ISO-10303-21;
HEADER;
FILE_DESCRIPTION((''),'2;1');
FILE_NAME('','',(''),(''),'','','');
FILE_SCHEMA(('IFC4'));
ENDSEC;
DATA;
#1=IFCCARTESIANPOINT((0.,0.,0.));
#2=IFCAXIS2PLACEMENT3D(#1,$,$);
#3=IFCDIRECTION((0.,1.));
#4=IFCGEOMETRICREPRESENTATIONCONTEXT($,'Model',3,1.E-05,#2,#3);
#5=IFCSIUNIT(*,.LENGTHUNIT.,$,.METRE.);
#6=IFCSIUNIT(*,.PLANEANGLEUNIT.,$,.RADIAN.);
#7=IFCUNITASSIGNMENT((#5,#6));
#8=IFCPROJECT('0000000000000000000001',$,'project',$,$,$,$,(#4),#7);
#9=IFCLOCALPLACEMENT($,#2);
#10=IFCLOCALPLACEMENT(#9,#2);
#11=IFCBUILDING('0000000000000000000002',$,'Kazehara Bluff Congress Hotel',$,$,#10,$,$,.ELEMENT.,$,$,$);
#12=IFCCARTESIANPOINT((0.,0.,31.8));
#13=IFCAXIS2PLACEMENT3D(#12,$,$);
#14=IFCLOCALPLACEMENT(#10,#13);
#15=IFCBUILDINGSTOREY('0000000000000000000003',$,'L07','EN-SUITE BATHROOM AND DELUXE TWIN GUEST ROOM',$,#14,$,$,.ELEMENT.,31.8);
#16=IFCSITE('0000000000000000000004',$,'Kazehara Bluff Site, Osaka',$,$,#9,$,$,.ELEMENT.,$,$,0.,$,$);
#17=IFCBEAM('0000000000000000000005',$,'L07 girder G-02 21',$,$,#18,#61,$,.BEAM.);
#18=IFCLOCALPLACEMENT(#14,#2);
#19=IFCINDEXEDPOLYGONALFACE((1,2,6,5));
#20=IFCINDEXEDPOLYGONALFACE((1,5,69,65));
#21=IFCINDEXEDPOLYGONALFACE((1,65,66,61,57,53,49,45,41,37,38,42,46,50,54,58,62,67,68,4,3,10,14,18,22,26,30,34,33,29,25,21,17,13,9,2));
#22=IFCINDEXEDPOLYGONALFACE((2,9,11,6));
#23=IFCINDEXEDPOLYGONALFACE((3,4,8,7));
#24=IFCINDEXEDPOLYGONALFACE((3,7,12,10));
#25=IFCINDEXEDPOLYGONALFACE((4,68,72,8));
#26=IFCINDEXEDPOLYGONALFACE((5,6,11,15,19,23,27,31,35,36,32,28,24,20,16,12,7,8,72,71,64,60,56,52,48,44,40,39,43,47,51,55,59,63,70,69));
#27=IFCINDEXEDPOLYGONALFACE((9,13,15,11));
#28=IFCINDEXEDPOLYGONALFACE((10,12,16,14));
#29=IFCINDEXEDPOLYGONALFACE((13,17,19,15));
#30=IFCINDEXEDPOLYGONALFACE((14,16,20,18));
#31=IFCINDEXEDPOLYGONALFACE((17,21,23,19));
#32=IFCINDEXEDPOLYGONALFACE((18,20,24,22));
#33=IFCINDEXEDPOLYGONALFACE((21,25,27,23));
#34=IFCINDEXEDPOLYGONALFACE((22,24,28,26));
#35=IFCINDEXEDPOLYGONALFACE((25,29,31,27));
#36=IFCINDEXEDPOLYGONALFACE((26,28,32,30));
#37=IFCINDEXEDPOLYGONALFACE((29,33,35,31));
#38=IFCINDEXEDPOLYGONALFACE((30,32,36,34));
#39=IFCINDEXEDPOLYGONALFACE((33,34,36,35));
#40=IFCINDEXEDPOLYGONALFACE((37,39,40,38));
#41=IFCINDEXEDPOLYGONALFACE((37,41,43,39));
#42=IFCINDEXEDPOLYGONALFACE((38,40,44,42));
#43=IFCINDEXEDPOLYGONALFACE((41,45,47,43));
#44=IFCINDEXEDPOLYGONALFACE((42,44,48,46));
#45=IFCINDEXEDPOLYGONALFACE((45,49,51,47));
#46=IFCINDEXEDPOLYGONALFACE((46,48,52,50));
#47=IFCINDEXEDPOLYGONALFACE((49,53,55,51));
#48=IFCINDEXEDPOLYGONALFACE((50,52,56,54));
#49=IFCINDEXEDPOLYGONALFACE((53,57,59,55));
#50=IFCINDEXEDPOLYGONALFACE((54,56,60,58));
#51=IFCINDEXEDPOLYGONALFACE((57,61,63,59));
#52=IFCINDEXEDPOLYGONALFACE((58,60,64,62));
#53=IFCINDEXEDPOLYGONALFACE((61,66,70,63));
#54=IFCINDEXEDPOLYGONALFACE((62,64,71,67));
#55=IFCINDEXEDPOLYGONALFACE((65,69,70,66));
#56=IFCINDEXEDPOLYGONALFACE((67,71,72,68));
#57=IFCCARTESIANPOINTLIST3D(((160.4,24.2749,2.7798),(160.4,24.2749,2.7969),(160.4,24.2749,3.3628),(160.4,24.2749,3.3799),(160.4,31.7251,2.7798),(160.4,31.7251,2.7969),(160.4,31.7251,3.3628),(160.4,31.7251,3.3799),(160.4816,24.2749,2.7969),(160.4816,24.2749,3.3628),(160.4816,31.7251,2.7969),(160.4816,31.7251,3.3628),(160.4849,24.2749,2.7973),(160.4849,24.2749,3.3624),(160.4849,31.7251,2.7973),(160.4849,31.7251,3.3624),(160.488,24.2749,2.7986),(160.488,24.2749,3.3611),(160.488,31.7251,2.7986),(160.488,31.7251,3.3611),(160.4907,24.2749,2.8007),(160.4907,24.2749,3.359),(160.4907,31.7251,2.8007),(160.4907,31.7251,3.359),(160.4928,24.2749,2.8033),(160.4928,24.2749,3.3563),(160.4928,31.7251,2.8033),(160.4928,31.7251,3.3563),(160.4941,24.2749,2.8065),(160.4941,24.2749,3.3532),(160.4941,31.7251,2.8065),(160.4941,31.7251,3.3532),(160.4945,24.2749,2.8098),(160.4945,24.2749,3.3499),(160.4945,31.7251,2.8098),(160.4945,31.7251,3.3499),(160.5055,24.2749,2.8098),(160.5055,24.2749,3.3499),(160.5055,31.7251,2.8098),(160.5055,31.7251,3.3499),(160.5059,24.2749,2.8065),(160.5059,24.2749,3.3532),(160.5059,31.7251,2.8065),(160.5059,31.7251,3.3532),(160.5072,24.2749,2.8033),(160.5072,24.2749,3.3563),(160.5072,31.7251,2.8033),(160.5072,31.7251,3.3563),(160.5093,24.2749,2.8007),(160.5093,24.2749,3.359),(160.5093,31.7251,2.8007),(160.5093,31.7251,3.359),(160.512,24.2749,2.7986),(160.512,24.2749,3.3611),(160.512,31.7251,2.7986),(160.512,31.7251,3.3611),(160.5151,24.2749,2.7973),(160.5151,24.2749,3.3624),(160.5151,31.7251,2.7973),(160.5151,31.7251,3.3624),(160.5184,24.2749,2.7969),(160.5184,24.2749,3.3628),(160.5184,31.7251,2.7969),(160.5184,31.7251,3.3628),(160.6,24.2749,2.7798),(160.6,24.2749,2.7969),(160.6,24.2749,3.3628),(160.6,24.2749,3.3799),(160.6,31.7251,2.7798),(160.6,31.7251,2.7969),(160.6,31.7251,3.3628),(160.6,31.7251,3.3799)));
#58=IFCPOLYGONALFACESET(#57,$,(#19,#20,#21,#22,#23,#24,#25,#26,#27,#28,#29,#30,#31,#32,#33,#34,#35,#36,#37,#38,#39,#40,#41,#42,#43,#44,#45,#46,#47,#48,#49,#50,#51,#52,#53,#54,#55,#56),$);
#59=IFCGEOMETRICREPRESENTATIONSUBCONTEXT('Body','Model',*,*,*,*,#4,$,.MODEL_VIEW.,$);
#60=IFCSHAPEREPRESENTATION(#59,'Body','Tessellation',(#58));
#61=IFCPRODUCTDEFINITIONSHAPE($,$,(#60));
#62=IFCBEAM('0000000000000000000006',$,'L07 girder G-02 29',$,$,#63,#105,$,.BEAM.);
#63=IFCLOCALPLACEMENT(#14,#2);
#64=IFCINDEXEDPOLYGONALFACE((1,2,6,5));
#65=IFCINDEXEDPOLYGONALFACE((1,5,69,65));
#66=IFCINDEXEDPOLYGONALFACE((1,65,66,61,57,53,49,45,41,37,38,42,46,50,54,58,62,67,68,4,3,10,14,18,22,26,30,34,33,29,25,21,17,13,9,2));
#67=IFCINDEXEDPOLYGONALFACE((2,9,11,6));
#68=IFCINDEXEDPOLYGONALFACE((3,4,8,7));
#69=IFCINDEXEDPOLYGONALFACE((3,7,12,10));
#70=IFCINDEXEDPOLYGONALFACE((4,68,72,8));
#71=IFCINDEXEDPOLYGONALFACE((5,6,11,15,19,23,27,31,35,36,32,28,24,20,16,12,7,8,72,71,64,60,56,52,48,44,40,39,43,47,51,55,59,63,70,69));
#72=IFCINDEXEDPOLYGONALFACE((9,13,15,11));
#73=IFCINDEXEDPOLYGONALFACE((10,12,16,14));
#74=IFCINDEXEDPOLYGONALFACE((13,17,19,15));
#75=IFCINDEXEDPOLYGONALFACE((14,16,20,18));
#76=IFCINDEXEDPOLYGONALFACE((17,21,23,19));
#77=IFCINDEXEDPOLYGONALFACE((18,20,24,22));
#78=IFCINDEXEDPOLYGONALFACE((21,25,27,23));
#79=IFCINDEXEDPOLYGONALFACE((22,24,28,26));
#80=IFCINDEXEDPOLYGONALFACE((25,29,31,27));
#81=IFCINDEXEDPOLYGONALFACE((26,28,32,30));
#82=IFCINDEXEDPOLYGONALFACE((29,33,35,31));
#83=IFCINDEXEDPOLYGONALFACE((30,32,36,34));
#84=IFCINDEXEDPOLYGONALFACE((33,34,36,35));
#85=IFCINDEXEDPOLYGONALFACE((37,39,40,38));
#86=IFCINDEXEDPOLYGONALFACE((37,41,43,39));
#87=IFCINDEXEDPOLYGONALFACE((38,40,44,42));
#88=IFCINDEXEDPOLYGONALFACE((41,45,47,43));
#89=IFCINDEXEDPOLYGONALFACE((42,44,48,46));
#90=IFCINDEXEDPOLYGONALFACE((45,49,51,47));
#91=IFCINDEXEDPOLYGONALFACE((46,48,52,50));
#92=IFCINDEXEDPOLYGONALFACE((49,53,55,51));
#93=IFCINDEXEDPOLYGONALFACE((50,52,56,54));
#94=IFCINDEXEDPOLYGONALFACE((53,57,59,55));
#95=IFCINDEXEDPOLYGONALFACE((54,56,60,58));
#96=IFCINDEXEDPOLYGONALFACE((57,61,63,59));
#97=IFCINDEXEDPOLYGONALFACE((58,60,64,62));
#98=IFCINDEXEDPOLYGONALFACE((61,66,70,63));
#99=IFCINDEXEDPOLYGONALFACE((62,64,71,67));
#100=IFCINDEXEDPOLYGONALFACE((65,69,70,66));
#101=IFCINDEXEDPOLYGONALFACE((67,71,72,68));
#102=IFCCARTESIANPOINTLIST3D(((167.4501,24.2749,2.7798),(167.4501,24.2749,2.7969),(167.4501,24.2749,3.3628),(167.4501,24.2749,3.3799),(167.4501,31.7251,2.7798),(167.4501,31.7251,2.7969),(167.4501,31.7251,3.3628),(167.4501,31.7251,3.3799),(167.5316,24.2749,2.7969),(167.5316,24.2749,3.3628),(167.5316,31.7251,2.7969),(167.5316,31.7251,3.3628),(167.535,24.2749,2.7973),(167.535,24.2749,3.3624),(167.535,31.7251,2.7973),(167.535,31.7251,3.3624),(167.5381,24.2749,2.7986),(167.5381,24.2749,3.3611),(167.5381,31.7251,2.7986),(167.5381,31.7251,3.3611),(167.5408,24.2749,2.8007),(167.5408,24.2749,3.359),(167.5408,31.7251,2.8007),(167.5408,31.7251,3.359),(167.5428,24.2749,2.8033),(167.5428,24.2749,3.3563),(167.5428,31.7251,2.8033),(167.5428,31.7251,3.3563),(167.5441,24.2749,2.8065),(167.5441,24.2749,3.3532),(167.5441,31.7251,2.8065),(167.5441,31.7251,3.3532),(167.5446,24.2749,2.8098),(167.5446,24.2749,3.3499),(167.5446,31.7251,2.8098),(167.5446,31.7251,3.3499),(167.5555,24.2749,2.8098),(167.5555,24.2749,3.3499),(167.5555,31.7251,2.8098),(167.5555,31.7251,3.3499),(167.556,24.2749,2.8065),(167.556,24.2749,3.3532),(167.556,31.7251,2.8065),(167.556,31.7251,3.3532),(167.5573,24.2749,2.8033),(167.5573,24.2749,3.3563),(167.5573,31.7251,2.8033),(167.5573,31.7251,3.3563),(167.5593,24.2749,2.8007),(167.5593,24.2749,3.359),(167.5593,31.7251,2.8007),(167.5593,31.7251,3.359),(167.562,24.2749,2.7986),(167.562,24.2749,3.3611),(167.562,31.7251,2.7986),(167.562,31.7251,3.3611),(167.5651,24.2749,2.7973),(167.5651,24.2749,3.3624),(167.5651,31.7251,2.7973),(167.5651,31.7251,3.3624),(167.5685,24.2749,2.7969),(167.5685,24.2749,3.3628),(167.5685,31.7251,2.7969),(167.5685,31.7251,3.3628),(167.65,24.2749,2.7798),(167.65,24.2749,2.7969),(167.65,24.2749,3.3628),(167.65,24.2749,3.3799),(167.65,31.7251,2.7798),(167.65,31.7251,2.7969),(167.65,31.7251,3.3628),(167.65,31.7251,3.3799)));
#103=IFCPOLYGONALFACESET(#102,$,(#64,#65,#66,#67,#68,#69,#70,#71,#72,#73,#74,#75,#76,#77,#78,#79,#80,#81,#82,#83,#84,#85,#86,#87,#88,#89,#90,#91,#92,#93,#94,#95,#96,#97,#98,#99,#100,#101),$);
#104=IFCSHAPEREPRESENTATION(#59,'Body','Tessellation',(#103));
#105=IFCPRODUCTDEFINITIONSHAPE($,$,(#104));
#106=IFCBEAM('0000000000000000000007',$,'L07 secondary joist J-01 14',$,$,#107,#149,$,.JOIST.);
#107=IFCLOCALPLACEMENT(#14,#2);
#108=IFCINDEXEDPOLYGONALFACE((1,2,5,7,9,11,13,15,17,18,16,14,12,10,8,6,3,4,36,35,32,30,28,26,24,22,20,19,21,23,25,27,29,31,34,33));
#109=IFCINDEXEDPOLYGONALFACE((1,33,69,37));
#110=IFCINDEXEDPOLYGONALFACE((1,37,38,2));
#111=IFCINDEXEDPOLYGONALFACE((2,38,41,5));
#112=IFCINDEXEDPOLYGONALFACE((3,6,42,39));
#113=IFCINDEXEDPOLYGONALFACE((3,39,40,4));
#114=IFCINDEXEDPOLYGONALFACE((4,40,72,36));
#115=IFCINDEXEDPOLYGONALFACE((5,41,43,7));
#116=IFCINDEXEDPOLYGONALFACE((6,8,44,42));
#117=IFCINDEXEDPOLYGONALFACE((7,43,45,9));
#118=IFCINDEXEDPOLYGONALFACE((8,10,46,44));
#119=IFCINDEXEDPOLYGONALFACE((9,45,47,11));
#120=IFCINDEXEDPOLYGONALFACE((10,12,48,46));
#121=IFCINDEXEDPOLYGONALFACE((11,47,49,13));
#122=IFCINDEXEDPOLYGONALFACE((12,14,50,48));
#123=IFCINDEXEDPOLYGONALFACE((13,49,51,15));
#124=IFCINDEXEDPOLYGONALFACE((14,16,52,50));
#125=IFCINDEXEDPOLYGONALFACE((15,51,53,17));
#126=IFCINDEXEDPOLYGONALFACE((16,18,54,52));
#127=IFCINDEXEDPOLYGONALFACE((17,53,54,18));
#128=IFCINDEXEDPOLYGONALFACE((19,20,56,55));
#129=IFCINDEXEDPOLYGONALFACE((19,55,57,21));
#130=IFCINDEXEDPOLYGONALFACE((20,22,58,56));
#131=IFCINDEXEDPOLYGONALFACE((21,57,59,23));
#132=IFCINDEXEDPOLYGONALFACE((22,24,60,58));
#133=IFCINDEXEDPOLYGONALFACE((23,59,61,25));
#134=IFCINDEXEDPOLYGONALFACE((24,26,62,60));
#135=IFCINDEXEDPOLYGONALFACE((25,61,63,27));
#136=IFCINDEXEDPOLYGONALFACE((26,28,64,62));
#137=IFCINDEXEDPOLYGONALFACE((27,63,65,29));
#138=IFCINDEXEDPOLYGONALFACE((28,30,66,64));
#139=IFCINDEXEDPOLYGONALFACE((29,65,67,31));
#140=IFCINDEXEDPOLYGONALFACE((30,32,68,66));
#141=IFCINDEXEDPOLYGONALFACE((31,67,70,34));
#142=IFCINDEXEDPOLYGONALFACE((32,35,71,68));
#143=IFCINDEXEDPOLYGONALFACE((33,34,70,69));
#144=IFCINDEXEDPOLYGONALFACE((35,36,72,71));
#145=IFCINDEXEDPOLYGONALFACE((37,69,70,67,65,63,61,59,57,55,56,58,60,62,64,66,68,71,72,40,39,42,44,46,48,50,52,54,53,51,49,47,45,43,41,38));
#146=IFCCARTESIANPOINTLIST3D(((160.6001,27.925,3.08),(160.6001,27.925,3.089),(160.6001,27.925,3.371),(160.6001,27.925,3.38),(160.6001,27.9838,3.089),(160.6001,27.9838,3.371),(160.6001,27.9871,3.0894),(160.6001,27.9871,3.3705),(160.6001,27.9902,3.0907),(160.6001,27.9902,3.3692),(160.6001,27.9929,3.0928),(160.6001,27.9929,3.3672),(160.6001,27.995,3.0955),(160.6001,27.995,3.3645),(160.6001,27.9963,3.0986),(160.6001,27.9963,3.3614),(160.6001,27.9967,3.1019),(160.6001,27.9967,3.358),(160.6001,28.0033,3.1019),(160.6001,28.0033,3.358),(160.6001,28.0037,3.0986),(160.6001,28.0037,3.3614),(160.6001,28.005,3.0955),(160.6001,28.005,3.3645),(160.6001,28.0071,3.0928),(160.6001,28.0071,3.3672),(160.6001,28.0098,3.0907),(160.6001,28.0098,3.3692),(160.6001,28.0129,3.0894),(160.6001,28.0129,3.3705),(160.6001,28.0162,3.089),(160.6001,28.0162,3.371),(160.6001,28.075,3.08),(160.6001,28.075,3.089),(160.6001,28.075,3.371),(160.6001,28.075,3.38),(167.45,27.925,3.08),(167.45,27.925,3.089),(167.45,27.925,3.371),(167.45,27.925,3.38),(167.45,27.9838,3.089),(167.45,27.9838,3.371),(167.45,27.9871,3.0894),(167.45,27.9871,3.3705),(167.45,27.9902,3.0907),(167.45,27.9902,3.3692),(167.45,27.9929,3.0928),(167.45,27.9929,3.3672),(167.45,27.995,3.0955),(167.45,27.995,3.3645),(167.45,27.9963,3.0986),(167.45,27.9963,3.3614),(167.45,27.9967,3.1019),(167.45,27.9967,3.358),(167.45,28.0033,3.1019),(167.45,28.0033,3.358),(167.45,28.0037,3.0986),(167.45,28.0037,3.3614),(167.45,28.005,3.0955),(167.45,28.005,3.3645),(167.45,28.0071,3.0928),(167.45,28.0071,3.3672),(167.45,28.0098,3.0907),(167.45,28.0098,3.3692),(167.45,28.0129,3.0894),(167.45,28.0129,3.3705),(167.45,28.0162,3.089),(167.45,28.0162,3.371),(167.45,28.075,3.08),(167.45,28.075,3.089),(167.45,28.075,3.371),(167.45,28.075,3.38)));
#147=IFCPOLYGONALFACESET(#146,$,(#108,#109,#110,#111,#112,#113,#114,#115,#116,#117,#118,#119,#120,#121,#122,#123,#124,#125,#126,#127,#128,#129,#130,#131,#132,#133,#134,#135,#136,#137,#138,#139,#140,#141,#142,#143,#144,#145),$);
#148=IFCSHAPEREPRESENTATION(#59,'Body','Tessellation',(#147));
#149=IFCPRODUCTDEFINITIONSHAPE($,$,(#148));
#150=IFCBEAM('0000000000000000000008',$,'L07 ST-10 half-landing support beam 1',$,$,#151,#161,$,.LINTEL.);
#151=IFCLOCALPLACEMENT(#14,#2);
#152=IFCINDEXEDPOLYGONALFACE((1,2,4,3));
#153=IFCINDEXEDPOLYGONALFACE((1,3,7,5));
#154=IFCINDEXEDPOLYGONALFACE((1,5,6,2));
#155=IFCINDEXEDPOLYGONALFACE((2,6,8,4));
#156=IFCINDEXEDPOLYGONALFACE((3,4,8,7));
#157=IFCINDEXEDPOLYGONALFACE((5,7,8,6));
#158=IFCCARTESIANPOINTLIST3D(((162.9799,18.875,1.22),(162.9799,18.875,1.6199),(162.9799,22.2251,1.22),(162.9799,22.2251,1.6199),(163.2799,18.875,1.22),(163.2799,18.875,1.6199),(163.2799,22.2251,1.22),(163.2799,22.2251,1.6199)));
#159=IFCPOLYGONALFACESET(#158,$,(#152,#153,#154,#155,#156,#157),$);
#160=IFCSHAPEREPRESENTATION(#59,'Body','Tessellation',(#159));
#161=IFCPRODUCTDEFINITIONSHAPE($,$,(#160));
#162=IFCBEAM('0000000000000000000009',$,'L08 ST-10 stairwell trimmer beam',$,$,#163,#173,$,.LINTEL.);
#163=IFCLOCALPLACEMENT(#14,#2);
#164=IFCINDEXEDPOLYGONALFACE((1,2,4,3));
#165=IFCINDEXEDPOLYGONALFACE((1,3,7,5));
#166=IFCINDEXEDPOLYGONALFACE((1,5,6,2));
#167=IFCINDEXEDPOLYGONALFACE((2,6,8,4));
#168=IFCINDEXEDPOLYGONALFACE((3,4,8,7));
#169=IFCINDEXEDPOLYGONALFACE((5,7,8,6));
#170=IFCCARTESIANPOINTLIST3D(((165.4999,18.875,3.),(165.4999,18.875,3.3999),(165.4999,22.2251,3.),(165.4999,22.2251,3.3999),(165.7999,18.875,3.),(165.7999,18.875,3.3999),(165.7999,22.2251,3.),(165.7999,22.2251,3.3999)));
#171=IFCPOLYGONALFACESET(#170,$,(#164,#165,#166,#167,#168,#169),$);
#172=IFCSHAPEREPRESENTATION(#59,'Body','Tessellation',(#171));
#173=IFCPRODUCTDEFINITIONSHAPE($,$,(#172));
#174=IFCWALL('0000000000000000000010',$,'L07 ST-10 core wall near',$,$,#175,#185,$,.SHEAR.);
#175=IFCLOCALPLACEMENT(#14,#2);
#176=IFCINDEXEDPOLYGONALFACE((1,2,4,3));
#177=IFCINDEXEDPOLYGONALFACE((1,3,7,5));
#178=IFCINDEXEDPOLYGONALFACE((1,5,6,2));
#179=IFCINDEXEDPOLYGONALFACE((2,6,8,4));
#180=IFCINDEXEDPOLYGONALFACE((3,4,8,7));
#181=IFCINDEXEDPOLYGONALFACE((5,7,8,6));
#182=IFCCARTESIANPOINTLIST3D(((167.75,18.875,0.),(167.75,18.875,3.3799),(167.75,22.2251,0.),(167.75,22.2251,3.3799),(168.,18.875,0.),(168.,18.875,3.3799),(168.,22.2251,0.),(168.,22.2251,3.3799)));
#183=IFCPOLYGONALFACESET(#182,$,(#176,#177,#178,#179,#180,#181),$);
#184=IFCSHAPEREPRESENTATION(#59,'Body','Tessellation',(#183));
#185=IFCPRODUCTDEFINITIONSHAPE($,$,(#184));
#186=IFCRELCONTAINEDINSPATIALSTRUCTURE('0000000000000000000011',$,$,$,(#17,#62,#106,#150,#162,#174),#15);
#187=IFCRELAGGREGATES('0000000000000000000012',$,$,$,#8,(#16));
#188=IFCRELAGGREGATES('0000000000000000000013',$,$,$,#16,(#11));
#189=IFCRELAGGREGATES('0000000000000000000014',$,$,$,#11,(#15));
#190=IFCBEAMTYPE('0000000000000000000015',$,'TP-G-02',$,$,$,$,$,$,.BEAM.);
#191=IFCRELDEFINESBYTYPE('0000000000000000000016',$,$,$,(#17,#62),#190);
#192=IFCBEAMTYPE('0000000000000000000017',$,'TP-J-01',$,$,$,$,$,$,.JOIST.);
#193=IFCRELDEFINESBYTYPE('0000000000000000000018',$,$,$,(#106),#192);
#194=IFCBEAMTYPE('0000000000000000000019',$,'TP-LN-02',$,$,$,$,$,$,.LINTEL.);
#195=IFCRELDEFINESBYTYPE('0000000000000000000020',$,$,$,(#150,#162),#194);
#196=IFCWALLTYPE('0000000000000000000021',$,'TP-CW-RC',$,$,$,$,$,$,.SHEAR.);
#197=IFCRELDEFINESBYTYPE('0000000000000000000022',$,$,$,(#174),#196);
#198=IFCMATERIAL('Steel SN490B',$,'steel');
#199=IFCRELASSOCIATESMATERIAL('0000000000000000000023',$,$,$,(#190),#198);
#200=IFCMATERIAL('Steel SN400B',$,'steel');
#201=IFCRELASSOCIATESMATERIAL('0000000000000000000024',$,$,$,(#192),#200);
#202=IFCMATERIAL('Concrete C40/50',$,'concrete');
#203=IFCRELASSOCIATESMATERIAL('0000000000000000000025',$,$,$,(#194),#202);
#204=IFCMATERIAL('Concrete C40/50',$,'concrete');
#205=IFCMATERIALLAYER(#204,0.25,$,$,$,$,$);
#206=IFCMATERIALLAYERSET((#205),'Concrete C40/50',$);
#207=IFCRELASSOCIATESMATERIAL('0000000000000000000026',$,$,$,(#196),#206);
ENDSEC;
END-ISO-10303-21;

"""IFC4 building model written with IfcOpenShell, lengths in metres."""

from ifc_helpers import new_model, si_unit, direction, frame, frame_2d, origin, origin_2d, place, context, subcontext, project, spatial, rectangle, i_section, extrude, material, layer, layer_set, material_profile, profile_set, type_object, element, save


model = new_model("IFC4")

# Units and contexts
model_context = context("Model", 3, precision=1e-05, world=origin(), true_north=direction((0.0, 1.0)))
body_context = subcontext(model_context, "Body", "Model", "MODEL_VIEW")
ifc_project = project(units=[si_unit("LENGTHUNIT", "METRE"), si_unit("PLANEANGLEUNIT", "RADIAN")], contexts=[model_context])

# Site, building, storey
site_placement = place(None, origin())
site = spatial("IfcSite", under=ifc_project, at=site_placement, Name="Kazehara Bluff Site, Osaka", CompositionType="ELEMENT", RefElevation=0.0)
building_placement = place(site_placement, origin())
building = spatial("IfcBuilding", under=site, at=building_placement, Name="Kazehara Bluff Congress Hotel", CompositionType="ELEMENT")
storey_placement = place(building_placement, frame((0.0, 0.0, 31.8)))
storey = spatial("IfcBuildingStorey", under=building, at=storey_placement, Name="L07", Description="EN-SUITE BATHROOM AND DELUXE TWIN GUEST ROOM", CompositionType="ELEMENT", Elevation=31.8)

# Beams
ifc_material_1 = material(Name="Steel SN490B", Category="steel")
ifc_material_profile_1 = material_profile(ifc_material_1, i_section(OverallWidth=0.2, OverallDepth=0.6001, WebThickness=0.011, FlangeThickness=0.0171, FilletRadius=0.0129, at=origin_2d()))
ifc_profile_set_1 = profile_set([ifc_material_profile_1], Name="Steel SN490B")
beam_type_1 = type_object("IfcBeamType", Name="TP-G-02", PredefinedType="BEAM", material=ifc_profile_set_1)
for number, where, z_axis, x_axis, name in (
    (1, (160.5, 24.2749, 3.0798), (0.0, 1.0, 0.0), (-1.0, 0.0, 0.0), "L07 girder G-02 21"),
    (2, (167.55, 24.2749, 3.0798), (0.0, 1.0, 0.0), (-1.0, 0.0, 0.0), "L07 girder G-02 29"),
):
    element("IfcBeam", number, at=place(storey_placement, frame(where, z_axis=z_axis, x_axis=x_axis)), inside=storey, type_object=beam_type_1, Name=name, PredefinedType="BEAM", context=body_context, shape_type="SweptSolid", body=[
        extrude(i_section(OverallWidth=0.2, OverallDepth=0.6001, WebThickness=0.011, FlangeThickness=0.0171, FilletRadius=0.0129, at=origin_2d()), origin(), (0.0, 0.0, 1.0), 7.4502),
    ])
ifc_material_2 = material(Name="Steel SN400B", Category="steel")
ifc_material_profile_2 = material_profile(ifc_material_2, i_section(OverallWidth=0.1499, OverallDepth=0.3, WebThickness=0.0066, FlangeThickness=0.009, FilletRadius=0.0129, at=origin_2d()))
ifc_profile_set_2 = profile_set([ifc_material_profile_2], Name="Steel SN400B")
beam_type_2 = type_object("IfcBeamType", Name="TP-J-01", PredefinedType="JOIST", material=ifc_profile_set_2)
beam_placement = place(storey_placement, frame((160.6001, 28.0, 3.23), z_axis=(1.0, 0.0, 0.0), x_axis=(0.0, 1.0, 0.0)))
element("IfcBeam", 3, at=beam_placement, inside=storey, type_object=beam_type_2, Name="L07 secondary joist J-01 14", PredefinedType="JOIST", context=body_context, shape_type="SweptSolid", body=[
    extrude(i_section(OverallWidth=0.1499, OverallDepth=0.3, WebThickness=0.0066, FlangeThickness=0.009, FilletRadius=0.0129, at=origin_2d()), origin(), (0.0, 0.0, 1.0), 6.8499),
])
ifc_material_3 = material(Name="Concrete C40/50", Category="concrete")
ifc_material_profile_3 = material_profile(ifc_material_3, rectangle(XDim=0.3, YDim=0.3999, at=origin_2d()))
ifc_profile_set_3 = profile_set([ifc_material_profile_3], Name="Concrete C40/50")
beam_type_3 = type_object("IfcBeamType", Name="TP-LN-02", PredefinedType="LINTEL", material=ifc_profile_set_3)
for number, where, z_axis, x_axis, name in (
    (4, (163.1299, 22.2251, 1.4199), (0.0, -1.0, 0.0), (1.0, 0.0, 0.0), "L07 ST-10 half-landing support beam 1"),
    (5, (165.6499, 22.2251, 3.2), (0.0, -1.0, 0.0), (1.0, 0.0, 0.0), "L08 ST-10 stairwell trimmer beam"),
):
    element("IfcBeam", number, at=place(storey_placement, frame(where, z_axis=z_axis, x_axis=x_axis)), inside=storey, type_object=beam_type_3, Name=name, PredefinedType="LINTEL", context=body_context, shape_type="SweptSolid", body=[
        extrude(rectangle(XDim=0.3, YDim=0.3999, at=origin_2d()), origin(), (0.0, 0.0, 1.0), 3.3501),
    ])

# Wall
ifc_material_4 = material(Name="Concrete C40/50", Category="concrete")
ifc_layer_1 = layer(ifc_material_4, 0.25)
ifc_layer_set_1 = layer_set([ifc_layer_1], Name="Concrete C40/50")
wall_type_1 = type_object("IfcWallType", Name="TP-CW-RC", PredefinedType="SHEAR", material=ifc_layer_set_1)
wall_1_placement = place(storey_placement, frame((167.875, 22.2251, 0.0), z_axis=(0.0, 0.0, 1.0), x_axis=(0.0, -1.0, 0.0)))
element("IfcWall", 6, at=wall_1_placement, inside=storey, type_object=wall_type_1, Name="L07 ST-10 core wall near", PredefinedType="SHEAR", context=body_context, shape_type="SweptSolid", body=[
    extrude(rectangle(XDim=3.3501, YDim=0.25, at=frame_2d((1.675, 0.0))), origin(), (0.0, 0.0, 1.0), 3.3799),
])

save(model, "model.ifc")
